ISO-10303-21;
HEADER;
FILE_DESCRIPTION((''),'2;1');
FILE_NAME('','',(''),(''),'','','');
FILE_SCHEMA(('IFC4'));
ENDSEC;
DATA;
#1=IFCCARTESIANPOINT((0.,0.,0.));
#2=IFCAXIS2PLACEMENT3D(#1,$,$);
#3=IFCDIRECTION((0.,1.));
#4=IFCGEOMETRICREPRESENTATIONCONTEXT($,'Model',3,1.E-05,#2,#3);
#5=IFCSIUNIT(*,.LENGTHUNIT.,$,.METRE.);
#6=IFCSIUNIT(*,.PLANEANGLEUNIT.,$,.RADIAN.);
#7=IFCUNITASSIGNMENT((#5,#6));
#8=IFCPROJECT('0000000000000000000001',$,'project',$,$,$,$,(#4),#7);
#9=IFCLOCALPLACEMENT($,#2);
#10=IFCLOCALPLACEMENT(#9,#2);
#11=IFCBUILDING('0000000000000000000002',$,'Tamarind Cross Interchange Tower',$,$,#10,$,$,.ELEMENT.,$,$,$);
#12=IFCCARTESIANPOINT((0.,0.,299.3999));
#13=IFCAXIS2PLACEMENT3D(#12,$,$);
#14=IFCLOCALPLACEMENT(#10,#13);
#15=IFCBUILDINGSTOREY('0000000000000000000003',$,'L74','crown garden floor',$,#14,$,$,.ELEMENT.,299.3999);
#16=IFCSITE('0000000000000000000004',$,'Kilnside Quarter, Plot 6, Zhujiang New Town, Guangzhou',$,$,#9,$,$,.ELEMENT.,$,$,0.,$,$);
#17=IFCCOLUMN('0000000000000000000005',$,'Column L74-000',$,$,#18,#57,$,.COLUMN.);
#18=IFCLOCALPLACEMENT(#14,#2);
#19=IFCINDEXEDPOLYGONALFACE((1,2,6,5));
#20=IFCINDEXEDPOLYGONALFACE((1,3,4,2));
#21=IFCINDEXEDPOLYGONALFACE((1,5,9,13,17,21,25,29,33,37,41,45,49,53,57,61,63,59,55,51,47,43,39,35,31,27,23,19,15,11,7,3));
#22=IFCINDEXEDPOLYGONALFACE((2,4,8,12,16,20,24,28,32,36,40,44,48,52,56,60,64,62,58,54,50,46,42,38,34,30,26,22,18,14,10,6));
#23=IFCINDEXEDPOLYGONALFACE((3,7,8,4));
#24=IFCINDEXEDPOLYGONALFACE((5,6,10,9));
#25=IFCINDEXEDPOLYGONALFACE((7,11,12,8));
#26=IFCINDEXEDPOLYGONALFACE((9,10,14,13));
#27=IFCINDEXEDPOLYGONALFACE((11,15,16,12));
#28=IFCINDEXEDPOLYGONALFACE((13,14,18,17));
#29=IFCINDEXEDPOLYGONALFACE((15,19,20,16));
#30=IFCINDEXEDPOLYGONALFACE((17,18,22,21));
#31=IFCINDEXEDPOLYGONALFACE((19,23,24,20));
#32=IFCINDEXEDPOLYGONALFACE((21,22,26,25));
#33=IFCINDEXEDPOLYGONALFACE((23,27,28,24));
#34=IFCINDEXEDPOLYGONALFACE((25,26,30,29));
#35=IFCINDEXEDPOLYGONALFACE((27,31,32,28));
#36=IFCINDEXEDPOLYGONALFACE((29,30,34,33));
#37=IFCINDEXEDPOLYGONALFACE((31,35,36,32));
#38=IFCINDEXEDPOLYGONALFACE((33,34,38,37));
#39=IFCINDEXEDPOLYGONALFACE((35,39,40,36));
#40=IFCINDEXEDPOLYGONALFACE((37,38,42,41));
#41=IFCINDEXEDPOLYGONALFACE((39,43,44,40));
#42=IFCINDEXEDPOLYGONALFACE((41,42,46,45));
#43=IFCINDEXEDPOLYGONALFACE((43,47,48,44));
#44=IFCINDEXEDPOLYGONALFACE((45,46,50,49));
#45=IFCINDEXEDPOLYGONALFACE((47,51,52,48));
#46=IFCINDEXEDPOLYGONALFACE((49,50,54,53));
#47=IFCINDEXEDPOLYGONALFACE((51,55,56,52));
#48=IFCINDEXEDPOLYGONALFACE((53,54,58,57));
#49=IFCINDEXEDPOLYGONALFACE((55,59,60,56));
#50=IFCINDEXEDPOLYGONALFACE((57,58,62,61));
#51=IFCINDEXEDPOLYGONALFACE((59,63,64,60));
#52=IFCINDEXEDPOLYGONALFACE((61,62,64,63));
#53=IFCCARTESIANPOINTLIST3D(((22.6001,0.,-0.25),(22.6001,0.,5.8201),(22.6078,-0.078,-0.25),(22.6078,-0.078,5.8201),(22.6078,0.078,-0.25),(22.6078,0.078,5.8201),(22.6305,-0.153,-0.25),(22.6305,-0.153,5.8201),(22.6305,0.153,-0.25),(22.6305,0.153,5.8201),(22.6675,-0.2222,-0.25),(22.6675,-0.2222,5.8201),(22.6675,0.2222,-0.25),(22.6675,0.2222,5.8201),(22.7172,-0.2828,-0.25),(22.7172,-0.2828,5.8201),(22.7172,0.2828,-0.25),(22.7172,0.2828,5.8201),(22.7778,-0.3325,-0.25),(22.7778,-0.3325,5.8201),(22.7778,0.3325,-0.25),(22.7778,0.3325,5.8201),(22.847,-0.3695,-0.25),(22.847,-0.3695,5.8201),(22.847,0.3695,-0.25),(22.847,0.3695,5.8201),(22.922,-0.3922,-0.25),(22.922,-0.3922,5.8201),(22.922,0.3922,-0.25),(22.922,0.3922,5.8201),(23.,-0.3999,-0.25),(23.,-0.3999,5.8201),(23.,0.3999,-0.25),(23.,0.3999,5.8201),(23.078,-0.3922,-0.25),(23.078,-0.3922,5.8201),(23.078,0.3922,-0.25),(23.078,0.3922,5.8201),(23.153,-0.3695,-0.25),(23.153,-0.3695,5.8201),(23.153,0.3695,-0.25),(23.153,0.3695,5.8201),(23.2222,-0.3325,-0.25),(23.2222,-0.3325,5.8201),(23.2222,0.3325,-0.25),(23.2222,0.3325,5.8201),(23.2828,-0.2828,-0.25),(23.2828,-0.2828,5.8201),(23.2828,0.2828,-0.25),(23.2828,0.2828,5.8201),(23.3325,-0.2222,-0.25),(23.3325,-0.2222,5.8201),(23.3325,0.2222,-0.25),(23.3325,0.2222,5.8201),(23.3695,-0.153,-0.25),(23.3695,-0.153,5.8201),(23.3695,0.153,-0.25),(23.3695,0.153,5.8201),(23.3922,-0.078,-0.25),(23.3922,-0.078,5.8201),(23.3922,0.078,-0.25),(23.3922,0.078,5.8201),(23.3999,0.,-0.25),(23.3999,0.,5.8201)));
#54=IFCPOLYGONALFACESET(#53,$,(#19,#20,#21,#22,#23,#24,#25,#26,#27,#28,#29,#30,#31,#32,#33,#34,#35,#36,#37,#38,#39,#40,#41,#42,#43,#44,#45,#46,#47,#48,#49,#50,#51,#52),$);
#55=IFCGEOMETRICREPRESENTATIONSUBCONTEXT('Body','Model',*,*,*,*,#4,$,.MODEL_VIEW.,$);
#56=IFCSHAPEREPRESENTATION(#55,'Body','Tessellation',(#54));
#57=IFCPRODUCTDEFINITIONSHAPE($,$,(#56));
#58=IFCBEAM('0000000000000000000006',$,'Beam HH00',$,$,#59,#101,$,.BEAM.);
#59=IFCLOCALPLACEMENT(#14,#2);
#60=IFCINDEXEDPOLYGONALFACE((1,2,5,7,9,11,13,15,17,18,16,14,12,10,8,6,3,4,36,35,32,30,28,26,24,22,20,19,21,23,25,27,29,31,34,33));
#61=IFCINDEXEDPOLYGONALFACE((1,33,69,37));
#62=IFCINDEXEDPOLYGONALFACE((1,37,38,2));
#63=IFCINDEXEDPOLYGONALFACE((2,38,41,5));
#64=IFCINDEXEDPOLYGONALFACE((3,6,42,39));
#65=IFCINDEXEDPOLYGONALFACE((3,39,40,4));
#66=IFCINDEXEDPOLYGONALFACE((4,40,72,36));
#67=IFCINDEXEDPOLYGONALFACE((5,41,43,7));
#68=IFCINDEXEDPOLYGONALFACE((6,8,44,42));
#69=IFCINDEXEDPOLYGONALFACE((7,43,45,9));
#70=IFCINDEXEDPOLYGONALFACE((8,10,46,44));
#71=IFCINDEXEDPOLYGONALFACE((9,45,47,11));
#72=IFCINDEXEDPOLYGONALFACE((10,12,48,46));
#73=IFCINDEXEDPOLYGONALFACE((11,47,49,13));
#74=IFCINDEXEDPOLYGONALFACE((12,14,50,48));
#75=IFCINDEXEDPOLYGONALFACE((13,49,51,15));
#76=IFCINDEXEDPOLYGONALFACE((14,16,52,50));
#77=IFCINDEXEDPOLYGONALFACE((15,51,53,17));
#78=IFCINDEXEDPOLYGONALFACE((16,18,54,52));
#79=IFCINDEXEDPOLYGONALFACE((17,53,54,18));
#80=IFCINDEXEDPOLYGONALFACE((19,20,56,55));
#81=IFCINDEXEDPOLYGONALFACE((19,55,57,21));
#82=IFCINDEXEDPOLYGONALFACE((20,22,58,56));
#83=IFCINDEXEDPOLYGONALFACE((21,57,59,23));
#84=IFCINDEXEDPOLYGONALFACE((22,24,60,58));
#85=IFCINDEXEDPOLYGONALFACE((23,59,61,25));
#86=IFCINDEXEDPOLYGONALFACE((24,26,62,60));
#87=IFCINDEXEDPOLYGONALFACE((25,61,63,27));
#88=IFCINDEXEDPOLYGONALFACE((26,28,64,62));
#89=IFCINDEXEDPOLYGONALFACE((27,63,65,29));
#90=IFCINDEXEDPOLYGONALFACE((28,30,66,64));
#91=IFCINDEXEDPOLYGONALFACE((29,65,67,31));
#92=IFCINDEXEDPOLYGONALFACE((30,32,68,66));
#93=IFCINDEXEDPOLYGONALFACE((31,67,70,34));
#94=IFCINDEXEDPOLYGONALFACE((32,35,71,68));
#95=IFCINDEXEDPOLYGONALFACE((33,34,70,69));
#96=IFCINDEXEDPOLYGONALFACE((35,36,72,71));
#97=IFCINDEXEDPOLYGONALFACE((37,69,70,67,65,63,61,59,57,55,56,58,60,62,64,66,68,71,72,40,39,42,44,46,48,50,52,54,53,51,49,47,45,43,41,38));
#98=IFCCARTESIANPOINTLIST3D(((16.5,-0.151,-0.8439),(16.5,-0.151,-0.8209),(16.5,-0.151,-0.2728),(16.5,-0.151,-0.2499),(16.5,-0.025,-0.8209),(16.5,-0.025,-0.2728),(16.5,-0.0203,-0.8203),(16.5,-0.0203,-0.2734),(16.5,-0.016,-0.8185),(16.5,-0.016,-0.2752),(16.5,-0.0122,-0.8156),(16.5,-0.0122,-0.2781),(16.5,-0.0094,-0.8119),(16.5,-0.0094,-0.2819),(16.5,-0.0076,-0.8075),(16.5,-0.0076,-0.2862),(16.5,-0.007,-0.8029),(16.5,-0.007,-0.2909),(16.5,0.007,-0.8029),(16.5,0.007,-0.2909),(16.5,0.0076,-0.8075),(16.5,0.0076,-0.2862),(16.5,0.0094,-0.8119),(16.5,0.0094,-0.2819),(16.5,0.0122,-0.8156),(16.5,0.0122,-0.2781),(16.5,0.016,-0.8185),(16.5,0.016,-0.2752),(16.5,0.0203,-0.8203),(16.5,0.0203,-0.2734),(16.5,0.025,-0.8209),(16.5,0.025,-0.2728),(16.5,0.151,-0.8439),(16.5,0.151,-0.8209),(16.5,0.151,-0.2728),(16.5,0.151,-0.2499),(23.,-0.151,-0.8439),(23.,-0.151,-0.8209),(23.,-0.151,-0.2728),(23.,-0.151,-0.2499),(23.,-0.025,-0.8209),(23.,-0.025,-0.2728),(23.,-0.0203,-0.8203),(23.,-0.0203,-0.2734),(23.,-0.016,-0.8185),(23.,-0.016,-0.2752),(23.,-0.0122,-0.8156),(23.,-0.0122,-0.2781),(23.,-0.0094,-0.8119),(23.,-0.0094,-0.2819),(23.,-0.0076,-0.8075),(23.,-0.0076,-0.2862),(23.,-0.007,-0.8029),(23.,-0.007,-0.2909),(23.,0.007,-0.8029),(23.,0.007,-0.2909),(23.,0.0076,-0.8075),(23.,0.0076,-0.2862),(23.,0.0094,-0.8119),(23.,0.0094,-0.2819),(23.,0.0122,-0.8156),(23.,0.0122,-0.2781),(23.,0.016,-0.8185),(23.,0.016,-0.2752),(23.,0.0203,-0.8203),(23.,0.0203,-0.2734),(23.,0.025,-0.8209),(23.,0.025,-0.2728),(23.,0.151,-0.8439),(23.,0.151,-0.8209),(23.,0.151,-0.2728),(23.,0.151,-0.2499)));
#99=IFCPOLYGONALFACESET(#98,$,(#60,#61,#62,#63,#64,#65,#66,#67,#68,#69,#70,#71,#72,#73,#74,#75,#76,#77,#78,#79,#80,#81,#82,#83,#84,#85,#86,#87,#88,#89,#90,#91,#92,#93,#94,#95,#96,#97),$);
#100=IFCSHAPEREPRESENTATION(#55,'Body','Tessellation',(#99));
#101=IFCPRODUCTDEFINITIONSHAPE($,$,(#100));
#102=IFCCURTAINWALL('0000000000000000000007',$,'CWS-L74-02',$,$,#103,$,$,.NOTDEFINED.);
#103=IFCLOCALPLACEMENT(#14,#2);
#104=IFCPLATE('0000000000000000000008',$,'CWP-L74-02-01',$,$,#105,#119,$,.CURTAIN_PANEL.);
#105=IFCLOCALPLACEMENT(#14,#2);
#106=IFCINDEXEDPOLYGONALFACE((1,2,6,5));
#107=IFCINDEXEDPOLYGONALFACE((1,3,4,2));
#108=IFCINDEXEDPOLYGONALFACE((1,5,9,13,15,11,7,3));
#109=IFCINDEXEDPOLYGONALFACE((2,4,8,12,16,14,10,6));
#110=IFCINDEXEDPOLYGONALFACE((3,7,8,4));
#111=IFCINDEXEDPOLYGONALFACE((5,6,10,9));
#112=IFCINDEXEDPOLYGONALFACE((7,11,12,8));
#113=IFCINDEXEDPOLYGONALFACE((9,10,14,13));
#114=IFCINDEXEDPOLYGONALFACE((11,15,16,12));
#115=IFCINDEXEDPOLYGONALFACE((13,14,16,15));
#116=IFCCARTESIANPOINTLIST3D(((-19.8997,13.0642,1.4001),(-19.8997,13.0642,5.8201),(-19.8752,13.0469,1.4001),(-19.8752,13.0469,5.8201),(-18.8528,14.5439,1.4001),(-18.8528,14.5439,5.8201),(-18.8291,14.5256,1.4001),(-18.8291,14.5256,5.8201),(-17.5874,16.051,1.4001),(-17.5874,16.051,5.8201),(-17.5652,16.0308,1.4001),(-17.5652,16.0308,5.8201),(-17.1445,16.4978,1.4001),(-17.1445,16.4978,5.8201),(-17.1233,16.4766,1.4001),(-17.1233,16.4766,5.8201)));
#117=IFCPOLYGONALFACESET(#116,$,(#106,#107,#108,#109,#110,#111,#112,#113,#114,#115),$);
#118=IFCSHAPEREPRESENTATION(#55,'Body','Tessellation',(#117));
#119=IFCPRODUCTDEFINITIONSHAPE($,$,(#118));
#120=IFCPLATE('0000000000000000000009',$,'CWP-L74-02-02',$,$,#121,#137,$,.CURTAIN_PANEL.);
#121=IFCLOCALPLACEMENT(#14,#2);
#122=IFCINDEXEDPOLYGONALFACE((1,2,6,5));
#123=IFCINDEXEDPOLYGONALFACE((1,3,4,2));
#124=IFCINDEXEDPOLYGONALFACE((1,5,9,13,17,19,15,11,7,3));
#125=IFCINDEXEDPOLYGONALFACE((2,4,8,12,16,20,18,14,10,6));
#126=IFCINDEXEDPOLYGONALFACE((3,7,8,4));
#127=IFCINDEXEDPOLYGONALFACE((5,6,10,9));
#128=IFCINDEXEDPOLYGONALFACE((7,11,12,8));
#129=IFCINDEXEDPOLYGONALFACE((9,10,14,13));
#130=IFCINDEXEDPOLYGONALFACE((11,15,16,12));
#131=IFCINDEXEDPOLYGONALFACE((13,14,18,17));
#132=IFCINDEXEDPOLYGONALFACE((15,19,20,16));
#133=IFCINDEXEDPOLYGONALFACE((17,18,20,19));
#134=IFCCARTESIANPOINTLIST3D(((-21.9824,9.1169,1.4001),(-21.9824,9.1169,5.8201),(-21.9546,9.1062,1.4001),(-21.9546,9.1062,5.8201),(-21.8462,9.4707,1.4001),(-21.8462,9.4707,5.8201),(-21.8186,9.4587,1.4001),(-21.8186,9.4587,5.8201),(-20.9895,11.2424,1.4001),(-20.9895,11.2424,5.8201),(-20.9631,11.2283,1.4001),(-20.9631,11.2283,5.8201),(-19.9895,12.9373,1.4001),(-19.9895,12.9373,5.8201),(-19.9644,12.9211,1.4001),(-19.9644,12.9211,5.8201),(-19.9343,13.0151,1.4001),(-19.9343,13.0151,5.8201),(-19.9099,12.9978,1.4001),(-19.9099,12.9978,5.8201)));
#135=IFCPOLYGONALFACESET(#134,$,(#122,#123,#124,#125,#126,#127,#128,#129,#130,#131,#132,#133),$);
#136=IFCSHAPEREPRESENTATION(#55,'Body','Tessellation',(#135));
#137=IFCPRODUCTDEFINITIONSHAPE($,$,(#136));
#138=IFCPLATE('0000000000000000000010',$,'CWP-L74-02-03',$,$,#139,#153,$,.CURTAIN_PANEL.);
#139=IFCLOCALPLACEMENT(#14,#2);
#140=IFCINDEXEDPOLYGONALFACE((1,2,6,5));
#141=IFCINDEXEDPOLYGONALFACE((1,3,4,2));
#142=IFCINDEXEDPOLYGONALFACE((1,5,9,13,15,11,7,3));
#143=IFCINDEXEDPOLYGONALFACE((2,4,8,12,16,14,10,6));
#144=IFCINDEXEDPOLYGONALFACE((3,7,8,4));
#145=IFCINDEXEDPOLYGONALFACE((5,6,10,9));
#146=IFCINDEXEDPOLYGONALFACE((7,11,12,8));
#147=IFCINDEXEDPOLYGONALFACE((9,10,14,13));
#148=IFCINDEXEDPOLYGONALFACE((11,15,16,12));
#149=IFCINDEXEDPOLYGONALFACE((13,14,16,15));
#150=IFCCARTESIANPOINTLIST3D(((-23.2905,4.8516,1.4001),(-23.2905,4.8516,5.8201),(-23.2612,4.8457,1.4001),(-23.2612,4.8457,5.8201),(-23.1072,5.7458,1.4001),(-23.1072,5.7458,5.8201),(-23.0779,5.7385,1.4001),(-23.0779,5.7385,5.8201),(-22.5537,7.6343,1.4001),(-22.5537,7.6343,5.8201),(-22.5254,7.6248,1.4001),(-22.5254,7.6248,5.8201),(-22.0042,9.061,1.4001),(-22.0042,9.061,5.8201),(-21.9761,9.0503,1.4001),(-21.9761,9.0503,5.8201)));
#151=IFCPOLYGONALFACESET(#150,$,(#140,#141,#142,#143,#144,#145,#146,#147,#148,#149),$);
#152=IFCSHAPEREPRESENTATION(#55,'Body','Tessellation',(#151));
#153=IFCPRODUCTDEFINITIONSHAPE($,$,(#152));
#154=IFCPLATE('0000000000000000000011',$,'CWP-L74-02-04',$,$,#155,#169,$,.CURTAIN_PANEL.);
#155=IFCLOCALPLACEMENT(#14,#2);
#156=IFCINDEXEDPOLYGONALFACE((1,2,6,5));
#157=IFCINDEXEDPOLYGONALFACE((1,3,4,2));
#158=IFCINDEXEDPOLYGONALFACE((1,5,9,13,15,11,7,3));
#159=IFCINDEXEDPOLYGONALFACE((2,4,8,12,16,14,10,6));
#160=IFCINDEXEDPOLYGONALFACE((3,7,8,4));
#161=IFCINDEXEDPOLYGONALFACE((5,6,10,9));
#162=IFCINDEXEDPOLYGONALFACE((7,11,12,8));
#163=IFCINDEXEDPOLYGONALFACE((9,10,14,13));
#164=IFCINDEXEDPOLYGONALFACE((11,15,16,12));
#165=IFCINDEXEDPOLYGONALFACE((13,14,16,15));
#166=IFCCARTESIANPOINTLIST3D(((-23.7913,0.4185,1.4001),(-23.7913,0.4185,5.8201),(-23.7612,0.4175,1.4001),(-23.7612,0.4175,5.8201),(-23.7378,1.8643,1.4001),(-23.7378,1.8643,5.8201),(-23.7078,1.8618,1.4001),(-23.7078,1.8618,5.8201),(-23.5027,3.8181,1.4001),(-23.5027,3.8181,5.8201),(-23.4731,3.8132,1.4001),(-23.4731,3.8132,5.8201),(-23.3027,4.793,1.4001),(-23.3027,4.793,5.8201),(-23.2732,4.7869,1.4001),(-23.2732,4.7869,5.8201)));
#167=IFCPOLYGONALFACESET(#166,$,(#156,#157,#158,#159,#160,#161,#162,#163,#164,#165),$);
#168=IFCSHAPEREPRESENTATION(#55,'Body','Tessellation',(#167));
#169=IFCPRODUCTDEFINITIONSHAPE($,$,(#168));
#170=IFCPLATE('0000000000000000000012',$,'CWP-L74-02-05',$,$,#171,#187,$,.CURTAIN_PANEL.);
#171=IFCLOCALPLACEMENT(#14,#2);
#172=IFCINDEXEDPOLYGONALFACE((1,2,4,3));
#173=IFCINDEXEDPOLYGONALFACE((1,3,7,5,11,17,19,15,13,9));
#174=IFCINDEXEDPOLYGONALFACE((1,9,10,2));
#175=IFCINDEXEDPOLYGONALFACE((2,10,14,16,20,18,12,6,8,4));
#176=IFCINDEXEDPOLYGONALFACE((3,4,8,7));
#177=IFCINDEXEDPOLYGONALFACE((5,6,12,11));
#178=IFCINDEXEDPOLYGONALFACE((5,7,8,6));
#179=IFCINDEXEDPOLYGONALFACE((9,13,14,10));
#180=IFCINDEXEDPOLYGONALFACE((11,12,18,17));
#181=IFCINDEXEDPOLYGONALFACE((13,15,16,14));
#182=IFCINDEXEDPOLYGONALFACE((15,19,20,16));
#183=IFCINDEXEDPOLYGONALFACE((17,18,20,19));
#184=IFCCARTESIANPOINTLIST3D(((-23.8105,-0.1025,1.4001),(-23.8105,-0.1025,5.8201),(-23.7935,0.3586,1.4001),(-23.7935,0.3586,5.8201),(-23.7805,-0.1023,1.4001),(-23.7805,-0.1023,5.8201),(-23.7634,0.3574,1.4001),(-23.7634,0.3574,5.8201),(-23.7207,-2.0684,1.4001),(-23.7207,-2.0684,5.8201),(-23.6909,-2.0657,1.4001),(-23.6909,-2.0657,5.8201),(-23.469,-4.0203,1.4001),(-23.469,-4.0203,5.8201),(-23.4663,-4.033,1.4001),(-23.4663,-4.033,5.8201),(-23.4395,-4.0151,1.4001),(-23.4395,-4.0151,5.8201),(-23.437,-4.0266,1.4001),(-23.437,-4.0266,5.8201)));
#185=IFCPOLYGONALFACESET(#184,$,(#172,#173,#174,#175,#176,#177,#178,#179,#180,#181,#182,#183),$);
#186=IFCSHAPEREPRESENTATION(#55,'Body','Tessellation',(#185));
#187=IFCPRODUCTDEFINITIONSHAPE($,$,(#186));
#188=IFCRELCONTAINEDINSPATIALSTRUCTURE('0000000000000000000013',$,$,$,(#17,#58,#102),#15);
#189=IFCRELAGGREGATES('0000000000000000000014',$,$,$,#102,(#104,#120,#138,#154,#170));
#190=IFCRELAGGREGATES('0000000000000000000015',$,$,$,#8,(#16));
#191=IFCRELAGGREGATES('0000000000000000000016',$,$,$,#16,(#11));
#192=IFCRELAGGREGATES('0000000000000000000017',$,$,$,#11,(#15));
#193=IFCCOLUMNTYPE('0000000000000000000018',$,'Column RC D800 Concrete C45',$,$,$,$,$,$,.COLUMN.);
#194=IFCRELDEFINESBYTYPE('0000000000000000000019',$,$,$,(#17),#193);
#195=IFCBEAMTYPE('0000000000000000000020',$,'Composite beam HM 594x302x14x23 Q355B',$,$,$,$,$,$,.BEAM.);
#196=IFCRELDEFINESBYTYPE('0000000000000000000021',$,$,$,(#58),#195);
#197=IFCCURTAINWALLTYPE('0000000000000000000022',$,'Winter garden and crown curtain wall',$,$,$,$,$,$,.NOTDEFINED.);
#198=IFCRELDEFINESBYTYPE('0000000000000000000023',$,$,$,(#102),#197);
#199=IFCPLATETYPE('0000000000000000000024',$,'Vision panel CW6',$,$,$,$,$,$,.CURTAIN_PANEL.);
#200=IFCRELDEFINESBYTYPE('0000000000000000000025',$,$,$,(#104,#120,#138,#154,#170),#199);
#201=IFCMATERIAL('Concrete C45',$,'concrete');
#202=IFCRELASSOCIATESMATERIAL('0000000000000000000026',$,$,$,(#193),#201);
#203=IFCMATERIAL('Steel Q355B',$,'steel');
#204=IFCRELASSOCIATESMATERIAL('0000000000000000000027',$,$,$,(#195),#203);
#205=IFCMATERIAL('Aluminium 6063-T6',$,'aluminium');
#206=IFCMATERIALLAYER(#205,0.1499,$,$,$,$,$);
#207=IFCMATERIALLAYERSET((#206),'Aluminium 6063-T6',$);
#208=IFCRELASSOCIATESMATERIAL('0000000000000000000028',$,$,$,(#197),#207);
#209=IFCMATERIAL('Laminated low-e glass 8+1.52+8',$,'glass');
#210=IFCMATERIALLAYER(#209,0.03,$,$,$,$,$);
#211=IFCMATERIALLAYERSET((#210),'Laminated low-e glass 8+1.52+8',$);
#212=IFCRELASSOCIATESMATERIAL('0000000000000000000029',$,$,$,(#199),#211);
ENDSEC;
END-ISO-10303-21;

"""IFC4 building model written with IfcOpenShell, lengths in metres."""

from ifc_helpers import new_model, si_unit, direction, frame, origin, origin_2d, place, context, subcontext, project, spatial, polyline, circle, i_section, outline, extrude, material, layer, layer_set, material_profile, profile_set, type_object, element, aggregate, save


model = new_model("IFC4")

# Units and contexts
model_context = context("Model", 3, precision=1e-05, world=origin(), true_north=direction((0.0, 1.0)))
body_context = subcontext(model_context, "Body", "Model", "MODEL_VIEW")
ifc_project = project(units=[si_unit("LENGTHUNIT", "METRE"), si_unit("PLANEANGLEUNIT", "RADIAN")], contexts=[model_context])

# Site, building, storey
site_placement = place(None, origin())
site = spatial("IfcSite", under=ifc_project, at=site_placement, Name="Kilnside Quarter, Plot 6, Zhujiang New Town, Guangzhou", CompositionType="ELEMENT", RefElevation=0.0)
building_placement = place(site_placement, origin())
building = spatial("IfcBuilding", under=site, at=building_placement, Name="Tamarind Cross Interchange Tower", CompositionType="ELEMENT")
storey_placement = place(building_placement, frame((0.0, 0.0, 299.3999)))
storey = spatial("IfcBuildingStorey", under=building, at=storey_placement, Name="L74", Description="crown garden floor", CompositionType="ELEMENT", Elevation=299.3999)

# Column
ifc_material_1 = material(Name="Concrete C45", Category="concrete")
ifc_material_profile_1 = material_profile(ifc_material_1, circle(Radius=0.3999, at=origin_2d()), Name="RC D800")
ifc_profile_set_1 = profile_set([ifc_material_profile_1], Name="Concrete C45")
column_type = type_object("IfcColumnType", Name="Column RC D800 Concrete C45", PredefinedType="COLUMN", material=ifc_profile_set_1)
column_placement = place(storey_placement, frame((23.0, 0.0, -0.25), z_axis=(0.0, 0.0, 1.0), x_axis=(1.0, 0.0, 0.0)))
element("IfcColumn", 1, at=column_placement, inside=storey, type_object=column_type, Name="Column L74-000", PredefinedType="COLUMN", context=body_context, shape_type="SweptSolid", body=[
    extrude(circle(Radius=0.3999, at=origin_2d()), origin(), (0.0, 0.0, 1.0), 6.0701),
])

# Beam
ifc_material_2 = material(Name="Steel Q355B", Category="steel")
ifc_material_profile_2 = material_profile(ifc_material_2, i_section(OverallWidth=0.302, OverallDepth=0.594, WebThickness=0.0139, FlangeThickness=0.0229, FilletRadius=0.0181, at=origin_2d()), Name="HM 594x302x14x23")
ifc_profile_set_2 = profile_set([ifc_material_profile_2], Name="Steel Q355B")
beam_type = type_object("IfcBeamType", Name="Composite beam HM 594x302x14x23 Q355B", PredefinedType="BEAM", material=ifc_profile_set_2)
beam_placement = place(storey_placement, frame((23.0, 0.0, -0.5469), z_axis=(-1.0, 0.0, 0.0), x_axis=(0.0, -1.0, 0.0)))
element("IfcBeam", 2, at=beam_placement, inside=storey, type_object=beam_type, Name="Beam HH00", PredefinedType="BEAM", context=body_context, shape_type="SweptSolid", body=[
    extrude(i_section(OverallWidth=0.302, OverallDepth=0.594, WebThickness=0.0139, FlangeThickness=0.0229, FilletRadius=0.0181, at=origin_2d()), origin(), (0.0, 0.0, 1.0), 6.5),
])

# Curtain wall, plates
ifc_material_3 = material(Name="Aluminium 6063-T6", Category="aluminium")
ifc_layer_1 = layer(ifc_material_3, 0.1499)
ifc_layer_set_1 = layer_set([ifc_layer_1], Name="Aluminium 6063-T6")
curtain_wall_type = type_object("IfcCurtainWallType", Name="Winter garden and crown curtain wall", PredefinedType="NOTDEFINED", material=ifc_layer_set_1)
curtain_wall_placement = place(storey_placement, origin())
curtain_wall = element("IfcCurtainWall", 3, at=curtain_wall_placement, inside=storey, type_object=curtain_wall_type, Name="CWS-L74-02", PredefinedType="NOTDEFINED")
ifc_material_4 = material(Name="Laminated low-e glass 8+1.52+8", Category="glass")
ifc_layer_2 = layer(ifc_material_4, 0.03)
ifc_layer_set_2 = layer_set([ifc_layer_2], Name="Laminated low-e glass 8+1.52+8")
plate_type = type_object("IfcPlateType", Name="Vision panel CW6", PredefinedType="CURTAIN_PANEL", material=ifc_layer_set_2)
plate_1_placement = place(storey_placement, frame((0.0, 0.0, 1.4001)))
plate_1 = element("IfcPlate", 4, at=plate_1_placement, type_object=plate_type, Name="CWP-L74-02-01", PredefinedType="CURTAIN_PANEL", context=body_context, shape_type="SweptSolid", body=[
    extrude(outline(polyline([(-17.1233, 16.4766), (-17.5652, 16.0308), (-18.8291, 14.5256), (-19.8752, 13.0469), (-19.8997, 13.0642), (-18.8528, 14.5439), (-17.5874, 16.051), (-17.1445, 16.4978), (-17.1233, 16.4766)])), origin(), (0.0, 0.0, 1.0), 4.4199),
])
plate_2_placement = place(storey_placement, frame((0.0, 0.0, 1.4001)))
plate_2 = element("IfcPlate", 5, at=plate_2_placement, type_object=plate_type, Name="CWP-L74-02-02", PredefinedType="CURTAIN_PANEL", context=body_context, shape_type="SweptSolid", body=[
    extrude(outline(polyline([(-19.9099, 12.9978), (-19.9644, 12.9211), (-20.9631, 11.2283), (-21.8186, 9.4587), (-21.9546, 9.1062), (-21.9824, 9.1169), (-21.8462, 9.4707), (-20.9895, 11.2424), (-19.9895, 12.9373), (-19.9343, 13.0151), (-19.9099, 12.9978)])), origin(), (0.0, 0.0, 1.0), 4.4199),
])
plate_3_placement = place(storey_placement, frame((0.0, 0.0, 1.4001)))
plate_3 = element("IfcPlate", 6, at=plate_3_placement, type_object=plate_type, Name="CWP-L74-02-03", PredefinedType="CURTAIN_PANEL", context=body_context, shape_type="SweptSolid", body=[
    extrude(outline(polyline([(-21.9761, 9.0503), (-22.5254, 7.6248), (-23.0779, 5.7385), (-23.2612, 4.8457), (-23.2905, 4.8516), (-23.1072, 5.7458), (-22.5537, 7.6343), (-22.0042, 9.061), (-21.9761, 9.0503)])), origin(), (0.0, 0.0, 1.0), 4.4199),
])
plate_4_placement = place(storey_placement, frame((0.0, 0.0, 1.4001)))
plate_4 = element("IfcPlate", 7, at=plate_4_placement, type_object=plate_type, Name="CWP-L74-02-04", PredefinedType="CURTAIN_PANEL", context=body_context, shape_type="SweptSolid", body=[
    extrude(outline(polyline([(-23.2732, 4.7869), (-23.4731, 3.8132), (-23.7078, 1.8618), (-23.7612, 0.4175), (-23.7913, 0.4185), (-23.7378, 1.8643), (-23.5027, 3.8181), (-23.3027, 4.793), (-23.2732, 4.7869)])), origin(), (0.0, 0.0, 1.0), 4.4199),
])
plate_5_placement = place(storey_placement, frame((0.0, 0.0, 1.4001)))
plate_5 = element("IfcPlate", 8, at=plate_5_placement, type_object=plate_type, Name="CWP-L74-02-05", PredefinedType="CURTAIN_PANEL", context=body_context, shape_type="SweptSolid", body=[
    extrude(outline(polyline([(-23.7634, 0.3574), (-23.7805, -0.1023), (-23.6909, -2.0657), (-23.4395, -4.0151), (-23.437, -4.0266), (-23.4663, -4.033), (-23.469, -4.0203), (-23.7207, -2.0684), (-23.8105, -0.1025), (-23.7935, 0.3586), (-23.7634, 0.3574)])), origin(), (0.0, 0.0, 1.0), 4.4199),
])
aggregate(curtain_wall, [plate_1, plate_2, plate_3, plate_4, plate_5])

save(model, "model.ifc")
